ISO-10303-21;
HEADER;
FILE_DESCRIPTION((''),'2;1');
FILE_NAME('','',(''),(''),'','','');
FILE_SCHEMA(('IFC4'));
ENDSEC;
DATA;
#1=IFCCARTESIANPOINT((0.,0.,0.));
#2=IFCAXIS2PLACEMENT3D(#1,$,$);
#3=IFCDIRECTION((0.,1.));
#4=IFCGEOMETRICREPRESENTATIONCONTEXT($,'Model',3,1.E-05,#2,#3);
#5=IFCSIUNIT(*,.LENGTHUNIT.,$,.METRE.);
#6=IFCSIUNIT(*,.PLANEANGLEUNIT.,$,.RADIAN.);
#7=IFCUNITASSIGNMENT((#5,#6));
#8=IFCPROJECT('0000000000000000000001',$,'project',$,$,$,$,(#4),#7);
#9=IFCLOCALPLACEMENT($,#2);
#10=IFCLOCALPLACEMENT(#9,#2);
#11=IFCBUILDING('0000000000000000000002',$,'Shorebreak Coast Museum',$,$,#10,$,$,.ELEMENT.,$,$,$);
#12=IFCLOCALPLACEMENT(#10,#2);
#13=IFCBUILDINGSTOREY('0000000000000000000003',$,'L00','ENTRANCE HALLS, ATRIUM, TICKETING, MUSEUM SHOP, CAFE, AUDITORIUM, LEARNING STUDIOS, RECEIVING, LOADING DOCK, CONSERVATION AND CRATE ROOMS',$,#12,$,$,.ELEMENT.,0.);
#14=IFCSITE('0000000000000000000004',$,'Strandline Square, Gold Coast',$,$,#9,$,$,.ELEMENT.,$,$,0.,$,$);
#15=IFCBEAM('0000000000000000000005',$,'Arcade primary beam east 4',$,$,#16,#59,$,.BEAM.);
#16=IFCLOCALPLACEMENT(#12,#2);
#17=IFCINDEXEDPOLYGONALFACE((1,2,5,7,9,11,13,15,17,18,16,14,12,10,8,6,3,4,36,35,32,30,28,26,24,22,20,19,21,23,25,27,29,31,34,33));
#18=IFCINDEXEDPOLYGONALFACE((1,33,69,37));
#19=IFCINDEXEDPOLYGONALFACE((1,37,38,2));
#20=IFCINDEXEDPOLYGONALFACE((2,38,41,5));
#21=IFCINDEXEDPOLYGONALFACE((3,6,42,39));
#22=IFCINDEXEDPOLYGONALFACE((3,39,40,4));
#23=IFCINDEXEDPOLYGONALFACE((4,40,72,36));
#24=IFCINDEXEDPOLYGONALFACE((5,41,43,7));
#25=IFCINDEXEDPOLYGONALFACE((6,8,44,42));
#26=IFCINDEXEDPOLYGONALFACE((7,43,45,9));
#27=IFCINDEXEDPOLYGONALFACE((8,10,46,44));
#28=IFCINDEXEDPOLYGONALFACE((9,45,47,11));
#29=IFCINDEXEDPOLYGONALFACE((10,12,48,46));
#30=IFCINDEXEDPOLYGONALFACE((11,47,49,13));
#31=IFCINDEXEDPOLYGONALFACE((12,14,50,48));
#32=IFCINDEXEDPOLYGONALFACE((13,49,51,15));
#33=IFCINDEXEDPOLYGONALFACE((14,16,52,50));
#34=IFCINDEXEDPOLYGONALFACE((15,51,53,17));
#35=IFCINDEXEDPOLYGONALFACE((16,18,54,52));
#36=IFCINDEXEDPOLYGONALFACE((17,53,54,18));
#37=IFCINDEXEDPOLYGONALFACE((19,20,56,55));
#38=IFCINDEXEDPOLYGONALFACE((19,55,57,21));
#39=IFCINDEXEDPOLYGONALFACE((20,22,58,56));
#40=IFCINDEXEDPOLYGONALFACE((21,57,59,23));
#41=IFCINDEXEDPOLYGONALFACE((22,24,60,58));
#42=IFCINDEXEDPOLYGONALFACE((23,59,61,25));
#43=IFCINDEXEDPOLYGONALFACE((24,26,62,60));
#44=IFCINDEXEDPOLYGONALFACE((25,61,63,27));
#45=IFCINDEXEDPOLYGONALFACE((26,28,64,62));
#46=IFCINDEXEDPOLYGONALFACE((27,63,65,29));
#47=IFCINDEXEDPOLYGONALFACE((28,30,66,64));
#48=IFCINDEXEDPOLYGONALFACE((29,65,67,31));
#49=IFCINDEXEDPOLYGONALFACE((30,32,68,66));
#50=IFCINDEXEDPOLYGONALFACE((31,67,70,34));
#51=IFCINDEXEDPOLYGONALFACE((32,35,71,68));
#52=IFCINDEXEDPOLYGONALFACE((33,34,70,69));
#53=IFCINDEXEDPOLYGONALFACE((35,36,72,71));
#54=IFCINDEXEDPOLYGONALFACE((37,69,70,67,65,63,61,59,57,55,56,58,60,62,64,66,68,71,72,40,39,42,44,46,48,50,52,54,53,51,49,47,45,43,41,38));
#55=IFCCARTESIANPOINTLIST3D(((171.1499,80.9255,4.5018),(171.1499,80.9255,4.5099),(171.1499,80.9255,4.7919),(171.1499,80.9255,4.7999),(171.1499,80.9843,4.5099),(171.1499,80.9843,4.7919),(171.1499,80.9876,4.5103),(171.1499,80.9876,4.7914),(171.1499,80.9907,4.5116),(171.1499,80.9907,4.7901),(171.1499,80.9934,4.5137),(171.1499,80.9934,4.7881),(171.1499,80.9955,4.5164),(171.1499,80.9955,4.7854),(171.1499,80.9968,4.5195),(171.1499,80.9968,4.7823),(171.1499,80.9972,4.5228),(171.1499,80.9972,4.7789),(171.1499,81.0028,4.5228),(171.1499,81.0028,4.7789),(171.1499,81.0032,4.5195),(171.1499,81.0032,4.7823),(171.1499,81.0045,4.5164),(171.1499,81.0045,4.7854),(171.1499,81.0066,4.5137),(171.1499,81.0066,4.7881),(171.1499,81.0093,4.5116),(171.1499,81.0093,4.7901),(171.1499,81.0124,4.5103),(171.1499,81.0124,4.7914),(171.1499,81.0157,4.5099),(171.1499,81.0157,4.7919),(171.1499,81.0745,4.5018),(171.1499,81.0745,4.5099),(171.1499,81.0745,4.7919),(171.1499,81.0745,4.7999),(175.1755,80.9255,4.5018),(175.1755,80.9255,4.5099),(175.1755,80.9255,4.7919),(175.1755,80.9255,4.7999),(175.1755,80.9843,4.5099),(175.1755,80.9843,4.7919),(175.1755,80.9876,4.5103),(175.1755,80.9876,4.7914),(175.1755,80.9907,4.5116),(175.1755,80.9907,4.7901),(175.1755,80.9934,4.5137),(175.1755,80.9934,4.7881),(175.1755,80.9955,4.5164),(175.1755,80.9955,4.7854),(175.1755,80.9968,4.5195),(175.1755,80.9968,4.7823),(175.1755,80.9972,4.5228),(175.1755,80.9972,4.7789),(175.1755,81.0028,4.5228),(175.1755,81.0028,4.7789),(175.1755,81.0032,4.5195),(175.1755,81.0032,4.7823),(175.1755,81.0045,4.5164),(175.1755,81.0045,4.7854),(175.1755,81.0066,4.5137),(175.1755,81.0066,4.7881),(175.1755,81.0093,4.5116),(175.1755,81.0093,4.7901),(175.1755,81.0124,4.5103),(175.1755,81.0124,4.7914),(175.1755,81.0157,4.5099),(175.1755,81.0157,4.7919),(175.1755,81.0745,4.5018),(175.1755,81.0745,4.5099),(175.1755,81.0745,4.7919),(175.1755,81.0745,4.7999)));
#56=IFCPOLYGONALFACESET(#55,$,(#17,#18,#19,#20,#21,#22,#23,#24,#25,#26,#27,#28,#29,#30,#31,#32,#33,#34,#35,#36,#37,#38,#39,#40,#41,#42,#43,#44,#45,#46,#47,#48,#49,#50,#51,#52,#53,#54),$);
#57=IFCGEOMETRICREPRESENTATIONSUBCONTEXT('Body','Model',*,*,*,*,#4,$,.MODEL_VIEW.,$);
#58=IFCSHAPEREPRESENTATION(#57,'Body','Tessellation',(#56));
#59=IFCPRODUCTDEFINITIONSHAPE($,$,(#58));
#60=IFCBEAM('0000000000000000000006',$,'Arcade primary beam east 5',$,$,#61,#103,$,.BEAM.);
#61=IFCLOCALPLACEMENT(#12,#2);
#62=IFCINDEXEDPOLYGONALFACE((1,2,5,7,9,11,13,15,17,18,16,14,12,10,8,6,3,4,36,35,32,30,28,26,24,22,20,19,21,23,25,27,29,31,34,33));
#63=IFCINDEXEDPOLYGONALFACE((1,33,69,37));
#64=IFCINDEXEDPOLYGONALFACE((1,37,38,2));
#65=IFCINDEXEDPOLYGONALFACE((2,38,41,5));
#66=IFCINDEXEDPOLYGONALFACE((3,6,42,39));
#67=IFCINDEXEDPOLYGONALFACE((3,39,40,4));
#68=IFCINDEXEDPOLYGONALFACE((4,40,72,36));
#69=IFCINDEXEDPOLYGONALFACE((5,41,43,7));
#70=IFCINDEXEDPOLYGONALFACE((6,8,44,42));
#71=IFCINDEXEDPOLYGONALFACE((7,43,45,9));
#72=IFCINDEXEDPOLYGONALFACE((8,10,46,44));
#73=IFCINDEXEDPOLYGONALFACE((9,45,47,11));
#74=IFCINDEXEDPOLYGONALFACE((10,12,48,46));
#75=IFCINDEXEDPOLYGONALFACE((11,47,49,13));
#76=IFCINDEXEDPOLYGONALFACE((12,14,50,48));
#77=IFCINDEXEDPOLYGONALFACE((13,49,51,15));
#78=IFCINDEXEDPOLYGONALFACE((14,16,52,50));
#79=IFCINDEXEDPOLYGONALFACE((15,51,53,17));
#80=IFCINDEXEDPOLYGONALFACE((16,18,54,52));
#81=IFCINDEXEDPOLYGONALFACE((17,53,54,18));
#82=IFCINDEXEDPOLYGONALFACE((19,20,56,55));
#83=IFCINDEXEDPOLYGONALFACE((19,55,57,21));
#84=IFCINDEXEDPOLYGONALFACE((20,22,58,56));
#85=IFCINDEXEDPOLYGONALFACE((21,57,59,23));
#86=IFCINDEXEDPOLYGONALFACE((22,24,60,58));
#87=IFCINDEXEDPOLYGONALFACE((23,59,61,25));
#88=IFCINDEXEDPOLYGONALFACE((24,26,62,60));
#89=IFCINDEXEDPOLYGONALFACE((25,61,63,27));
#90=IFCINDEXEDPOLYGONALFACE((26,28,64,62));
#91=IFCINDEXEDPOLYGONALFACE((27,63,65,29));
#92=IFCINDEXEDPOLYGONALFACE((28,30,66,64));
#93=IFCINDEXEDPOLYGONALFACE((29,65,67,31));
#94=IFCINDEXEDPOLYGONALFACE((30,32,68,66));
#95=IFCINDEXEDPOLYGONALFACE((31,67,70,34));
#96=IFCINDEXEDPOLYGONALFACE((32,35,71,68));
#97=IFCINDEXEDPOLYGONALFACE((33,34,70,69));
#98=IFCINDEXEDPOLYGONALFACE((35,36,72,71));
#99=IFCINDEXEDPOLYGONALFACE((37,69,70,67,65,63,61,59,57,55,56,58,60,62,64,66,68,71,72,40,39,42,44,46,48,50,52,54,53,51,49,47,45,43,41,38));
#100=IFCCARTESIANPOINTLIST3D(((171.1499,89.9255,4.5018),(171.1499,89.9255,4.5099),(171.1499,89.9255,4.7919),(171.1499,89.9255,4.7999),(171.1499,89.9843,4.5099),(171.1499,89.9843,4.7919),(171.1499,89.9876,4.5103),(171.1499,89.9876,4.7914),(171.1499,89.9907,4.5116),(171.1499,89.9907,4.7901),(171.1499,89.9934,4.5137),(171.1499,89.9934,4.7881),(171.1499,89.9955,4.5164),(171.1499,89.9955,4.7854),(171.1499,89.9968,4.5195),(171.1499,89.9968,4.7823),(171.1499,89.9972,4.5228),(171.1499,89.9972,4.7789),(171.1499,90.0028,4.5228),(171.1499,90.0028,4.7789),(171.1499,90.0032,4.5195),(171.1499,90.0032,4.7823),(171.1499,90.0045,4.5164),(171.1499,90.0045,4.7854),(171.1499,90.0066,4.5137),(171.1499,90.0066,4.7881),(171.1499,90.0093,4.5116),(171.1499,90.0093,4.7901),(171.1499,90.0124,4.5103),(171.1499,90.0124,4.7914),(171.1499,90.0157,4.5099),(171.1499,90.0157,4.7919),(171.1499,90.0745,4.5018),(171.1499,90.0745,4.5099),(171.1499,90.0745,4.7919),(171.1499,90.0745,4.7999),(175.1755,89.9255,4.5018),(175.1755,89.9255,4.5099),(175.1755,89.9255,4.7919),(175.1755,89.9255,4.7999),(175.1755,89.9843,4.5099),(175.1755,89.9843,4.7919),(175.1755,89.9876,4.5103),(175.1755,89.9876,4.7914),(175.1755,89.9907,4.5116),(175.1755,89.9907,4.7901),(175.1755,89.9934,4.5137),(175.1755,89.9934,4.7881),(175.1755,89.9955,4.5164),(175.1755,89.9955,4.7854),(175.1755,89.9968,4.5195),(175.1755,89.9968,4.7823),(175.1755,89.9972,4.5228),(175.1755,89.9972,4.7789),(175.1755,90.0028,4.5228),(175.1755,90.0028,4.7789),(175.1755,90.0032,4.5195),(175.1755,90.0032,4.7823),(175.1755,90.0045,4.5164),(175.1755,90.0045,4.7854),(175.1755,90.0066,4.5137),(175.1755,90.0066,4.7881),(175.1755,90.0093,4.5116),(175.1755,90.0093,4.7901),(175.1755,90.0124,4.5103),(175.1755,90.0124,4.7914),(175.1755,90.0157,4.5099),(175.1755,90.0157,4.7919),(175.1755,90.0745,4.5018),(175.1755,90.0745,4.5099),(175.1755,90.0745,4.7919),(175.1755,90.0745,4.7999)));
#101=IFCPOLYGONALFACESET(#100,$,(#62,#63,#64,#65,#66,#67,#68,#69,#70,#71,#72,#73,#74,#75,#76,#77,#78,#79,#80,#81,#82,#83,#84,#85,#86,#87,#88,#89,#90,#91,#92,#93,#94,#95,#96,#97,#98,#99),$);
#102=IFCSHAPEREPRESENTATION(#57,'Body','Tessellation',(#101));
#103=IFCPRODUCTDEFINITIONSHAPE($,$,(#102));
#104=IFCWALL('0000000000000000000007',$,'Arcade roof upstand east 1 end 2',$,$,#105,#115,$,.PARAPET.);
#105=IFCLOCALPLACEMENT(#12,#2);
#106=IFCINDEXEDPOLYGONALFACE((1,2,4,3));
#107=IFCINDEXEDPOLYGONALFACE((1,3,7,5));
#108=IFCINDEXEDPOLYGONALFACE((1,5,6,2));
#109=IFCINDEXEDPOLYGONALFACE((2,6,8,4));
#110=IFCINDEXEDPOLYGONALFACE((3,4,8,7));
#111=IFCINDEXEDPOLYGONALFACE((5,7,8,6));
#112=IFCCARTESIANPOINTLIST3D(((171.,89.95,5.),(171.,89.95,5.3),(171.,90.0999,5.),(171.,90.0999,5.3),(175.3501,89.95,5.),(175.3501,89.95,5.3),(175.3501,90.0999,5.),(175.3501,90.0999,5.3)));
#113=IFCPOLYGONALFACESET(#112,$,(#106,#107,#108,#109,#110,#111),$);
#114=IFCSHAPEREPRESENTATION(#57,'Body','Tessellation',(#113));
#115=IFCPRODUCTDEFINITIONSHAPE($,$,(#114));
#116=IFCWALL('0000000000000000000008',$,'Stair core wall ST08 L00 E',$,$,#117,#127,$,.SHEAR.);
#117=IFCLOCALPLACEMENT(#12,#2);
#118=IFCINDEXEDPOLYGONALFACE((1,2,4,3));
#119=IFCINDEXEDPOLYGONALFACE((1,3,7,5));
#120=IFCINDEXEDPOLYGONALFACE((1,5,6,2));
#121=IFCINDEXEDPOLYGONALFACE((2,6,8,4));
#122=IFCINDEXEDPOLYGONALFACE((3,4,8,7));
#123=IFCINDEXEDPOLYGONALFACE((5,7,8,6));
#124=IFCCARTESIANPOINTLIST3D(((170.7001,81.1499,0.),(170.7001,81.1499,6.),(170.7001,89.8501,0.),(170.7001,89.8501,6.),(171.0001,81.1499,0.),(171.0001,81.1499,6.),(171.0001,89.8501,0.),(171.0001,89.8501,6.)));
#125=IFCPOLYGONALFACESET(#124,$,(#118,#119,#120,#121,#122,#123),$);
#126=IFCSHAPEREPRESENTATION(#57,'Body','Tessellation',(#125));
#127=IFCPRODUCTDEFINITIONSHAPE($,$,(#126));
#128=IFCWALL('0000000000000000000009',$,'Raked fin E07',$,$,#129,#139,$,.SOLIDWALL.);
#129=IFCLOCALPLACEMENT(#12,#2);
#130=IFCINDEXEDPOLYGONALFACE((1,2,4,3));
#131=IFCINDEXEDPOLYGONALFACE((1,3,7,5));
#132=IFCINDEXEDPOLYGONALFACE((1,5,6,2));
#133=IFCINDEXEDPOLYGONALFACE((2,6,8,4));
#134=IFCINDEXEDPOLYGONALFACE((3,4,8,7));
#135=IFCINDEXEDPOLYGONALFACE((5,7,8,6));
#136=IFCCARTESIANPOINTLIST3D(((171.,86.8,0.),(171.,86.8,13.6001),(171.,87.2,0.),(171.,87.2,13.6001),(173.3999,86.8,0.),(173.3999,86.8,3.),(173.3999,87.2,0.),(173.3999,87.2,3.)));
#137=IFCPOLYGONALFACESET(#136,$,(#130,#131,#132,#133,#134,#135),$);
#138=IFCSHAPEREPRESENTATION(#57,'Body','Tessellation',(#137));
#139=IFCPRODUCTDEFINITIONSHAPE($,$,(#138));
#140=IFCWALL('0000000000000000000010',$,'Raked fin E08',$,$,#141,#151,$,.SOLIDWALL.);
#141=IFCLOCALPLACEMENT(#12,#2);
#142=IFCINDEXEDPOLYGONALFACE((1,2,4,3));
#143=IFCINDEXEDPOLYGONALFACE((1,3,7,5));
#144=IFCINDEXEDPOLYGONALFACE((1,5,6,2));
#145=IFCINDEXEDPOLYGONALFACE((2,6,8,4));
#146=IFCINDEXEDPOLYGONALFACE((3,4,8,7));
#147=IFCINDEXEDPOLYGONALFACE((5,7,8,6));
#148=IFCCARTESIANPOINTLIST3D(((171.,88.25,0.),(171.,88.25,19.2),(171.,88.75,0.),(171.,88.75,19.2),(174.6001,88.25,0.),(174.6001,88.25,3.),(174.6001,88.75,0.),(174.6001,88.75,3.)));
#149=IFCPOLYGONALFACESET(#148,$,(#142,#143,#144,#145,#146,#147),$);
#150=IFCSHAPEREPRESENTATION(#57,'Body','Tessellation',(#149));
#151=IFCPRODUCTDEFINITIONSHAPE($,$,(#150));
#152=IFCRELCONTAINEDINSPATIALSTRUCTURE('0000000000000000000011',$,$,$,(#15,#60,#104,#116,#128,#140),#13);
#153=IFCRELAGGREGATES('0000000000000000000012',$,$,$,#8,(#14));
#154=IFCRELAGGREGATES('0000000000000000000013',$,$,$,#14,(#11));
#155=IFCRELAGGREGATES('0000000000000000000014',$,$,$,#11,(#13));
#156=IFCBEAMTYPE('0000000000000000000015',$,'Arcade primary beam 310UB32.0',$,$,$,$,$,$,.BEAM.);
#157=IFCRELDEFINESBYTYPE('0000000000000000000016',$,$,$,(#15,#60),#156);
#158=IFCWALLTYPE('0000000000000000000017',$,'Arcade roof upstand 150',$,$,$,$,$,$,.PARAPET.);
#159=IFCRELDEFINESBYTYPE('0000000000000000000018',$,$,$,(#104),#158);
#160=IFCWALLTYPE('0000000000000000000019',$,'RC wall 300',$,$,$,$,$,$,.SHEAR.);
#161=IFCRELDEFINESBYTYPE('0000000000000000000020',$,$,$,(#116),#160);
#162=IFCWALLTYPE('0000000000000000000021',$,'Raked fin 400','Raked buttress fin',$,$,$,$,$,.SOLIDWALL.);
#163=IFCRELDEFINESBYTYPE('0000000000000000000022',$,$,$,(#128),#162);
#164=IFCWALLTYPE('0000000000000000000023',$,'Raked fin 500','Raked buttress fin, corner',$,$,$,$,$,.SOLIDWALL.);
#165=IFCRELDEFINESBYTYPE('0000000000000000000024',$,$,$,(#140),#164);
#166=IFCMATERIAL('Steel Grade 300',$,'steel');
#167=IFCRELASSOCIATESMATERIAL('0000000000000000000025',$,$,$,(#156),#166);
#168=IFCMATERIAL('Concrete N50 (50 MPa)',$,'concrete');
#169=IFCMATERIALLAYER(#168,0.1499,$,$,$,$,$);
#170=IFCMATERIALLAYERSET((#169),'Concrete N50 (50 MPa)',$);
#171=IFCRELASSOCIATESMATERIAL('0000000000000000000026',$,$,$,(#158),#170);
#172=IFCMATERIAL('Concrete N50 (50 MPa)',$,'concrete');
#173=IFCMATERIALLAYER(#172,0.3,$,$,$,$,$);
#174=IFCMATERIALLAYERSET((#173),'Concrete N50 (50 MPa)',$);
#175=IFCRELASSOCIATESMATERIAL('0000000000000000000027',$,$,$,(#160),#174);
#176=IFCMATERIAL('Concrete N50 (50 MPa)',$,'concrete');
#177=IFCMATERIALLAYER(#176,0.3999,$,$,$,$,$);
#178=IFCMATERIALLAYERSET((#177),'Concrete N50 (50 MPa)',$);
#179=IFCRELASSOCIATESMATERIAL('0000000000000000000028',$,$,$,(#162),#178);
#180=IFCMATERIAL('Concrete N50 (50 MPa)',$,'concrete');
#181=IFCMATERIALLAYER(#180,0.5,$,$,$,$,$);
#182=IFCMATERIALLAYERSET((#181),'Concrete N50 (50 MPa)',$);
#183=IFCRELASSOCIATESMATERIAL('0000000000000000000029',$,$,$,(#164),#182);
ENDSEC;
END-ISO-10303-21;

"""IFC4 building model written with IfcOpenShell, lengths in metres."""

from ifc_helpers import new_model, si_unit, direction, frame, frame_2d, origin, origin_2d, place, context, subcontext, project, spatial, polyline, rectangle, i_section, outline, extrude, material, layer, layer_set, material_profile, profile_set, type_object, element, save


model = new_model("IFC4")

# Units and contexts
model_context = context("Model", 3, precision=1e-05, world=origin(), true_north=direction((0.0, 1.0)))
body_context = subcontext(model_context, "Body", "Model", "MODEL_VIEW")
ifc_project = project(units=[si_unit("LENGTHUNIT", "METRE"), si_unit("PLANEANGLEUNIT", "RADIAN")], contexts=[model_context])

# Site, building, storey
site_placement = place(None, origin())
site = spatial("IfcSite", under=ifc_project, at=site_placement, Name="Strandline Square, Gold Coast", CompositionType="ELEMENT", RefElevation=0.0)
building_placement = place(site_placement, origin())
building = spatial("IfcBuilding", under=site, at=building_placement, Name="Shorebreak Coast Museum", CompositionType="ELEMENT")
storey_placement = place(building_placement, origin())
storey = spatial("IfcBuildingStorey", under=building, at=storey_placement, Name="L00", Description="ENTRANCE HALLS, ATRIUM, TICKETING, MUSEUM SHOP, CAFE, AUDITORIUM, LEARNING STUDIOS, RECEIVING, LOADING DOCK, CONSERVATION AND CRATE ROOMS", CompositionType="ELEMENT", Elevation=0.0)

# Beams
ifc_material_1 = material(Name="Steel Grade 300", Category="steel")
ifc_material_profile_1 = material_profile(ifc_material_1, i_section(OverallWidth=0.1489, OverallDepth=0.2981, WebThickness=0.0056, FlangeThickness=0.0081, FilletRadius=0.0129, at=origin_2d()), Name="310UB32.0")
ifc_profile_set_1 = profile_set([ifc_material_profile_1], Name="Steel Grade 300")
beam_type_1 = type_object("IfcBeamType", Name="Arcade primary beam 310UB32.0", PredefinedType="BEAM", material=ifc_profile_set_1)
for number, where, z_axis, x_axis, name in (
    (1, (171.1499, 81.0, 4.6509), (1.0, 0.0, 0.0), (0.0, 1.0, 0.0), "Arcade primary beam east 4"),
    (2, (171.1499, 90.0, 4.6509), (1.0, 0.0, 0.0), (0.0, 1.0, 0.0), "Arcade primary beam east 5"),
):
    element("IfcBeam", number, at=place(storey_placement, frame(where, z_axis=z_axis, x_axis=x_axis)), inside=storey, type_object=beam_type_1, Name=name, PredefinedType="BEAM", context=body_context, shape_type="SweptSolid", body=[
        extrude(i_section(OverallWidth=0.1489, OverallDepth=0.2981, WebThickness=0.0056, FlangeThickness=0.0081, FilletRadius=0.0129, at=origin_2d()), origin(), (0.0, 0.0, 1.0), 4.0256),
    ])

# Walls
ifc_material_2 = material(Name="Concrete N50 (50 MPa)", Category="concrete")
ifc_layer_1 = layer(ifc_material_2, 0.1499)
ifc_layer_set_1 = layer_set([ifc_layer_1], Name="Concrete N50 (50 MPa)")
wall_type_1 = type_object("IfcWallType", Name="Arcade roof upstand 150", PredefinedType="PARAPET", material=ifc_layer_set_1)
wall_1_placement = place(storey_placement, frame((171.0, 90.0249, 5.0), z_axis=(0.0, 0.0, 1.0), x_axis=(1.0, 0.0, 0.0)))
element("IfcWall", 3, at=wall_1_placement, inside=storey, type_object=wall_type_1, Name="Arcade roof upstand east 1 end 2", PredefinedType="PARAPET", context=body_context, shape_type="SweptSolid", body=[
    extrude(rectangle(XDim=4.3501, YDim=0.1499, at=frame_2d((2.175, 0.0))), origin(), (0.0, 0.0, 1.0), 0.3),
])
ifc_material_3 = material(Name="Concrete N50 (50 MPa)", Category="concrete")
ifc_layer_2 = layer(ifc_material_3, 0.3)
ifc_layer_set_2 = layer_set([ifc_layer_2], Name="Concrete N50 (50 MPa)")
wall_type_2 = type_object("IfcWallType", Name="RC wall 300", PredefinedType="SHEAR", material=ifc_layer_set_2)
wall_2_placement = place(storey_placement, frame((170.8501, 81.1499, 0.0), z_axis=(0.0, 0.0, 1.0), x_axis=(0.0, 1.0, 0.0)))
element("IfcWall", 4, at=wall_2_placement, inside=storey, type_object=wall_type_2, Name="Stair core wall ST08 L00 E", PredefinedType="SHEAR", context=body_context, shape_type="SweptSolid", body=[
    extrude(rectangle(XDim=8.7002, YDim=0.3, at=frame_2d((4.3501, 0.0))), origin(), (0.0, 0.0, 1.0), 6.0),
])
ifc_material_4 = material(Name="Concrete N50 (50 MPa)", Category="concrete")
ifc_layer_3 = layer(ifc_material_4, 0.3999)
ifc_layer_set_3 = layer_set([ifc_layer_3], Name="Concrete N50 (50 MPa)")
wall_type_3 = type_object("IfcWallType", Name="Raked fin 400", Description="Raked buttress fin", PredefinedType="SOLIDWALL", material=ifc_layer_set_3)
wall_3_placement = place(storey_placement, frame((171.0, 87.0, 0.0), z_axis=(0.0, 0.0, 1.0), x_axis=(1.0, 0.0, 0.0)))
element("IfcWall", 5, at=wall_3_placement, inside=storey, type_object=wall_type_3, Name="Raked fin E07", PredefinedType="SOLIDWALL", context=body_context, shape_type="SweptSolid", body=[
    extrude(outline(polyline([(0.0, 0.0), (2.3999, 0.0), (2.3999, 3.0), (0.0, 13.6001), (0.0, 0.0)])), frame((0.0, 0.2, 0.0), z_axis=(0.0, -1.0, 0.0), x_axis=(1.0, 0.0, 0.0)), (0.0, 0.0, 1.0), 0.3999),
])
ifc_material_5 = material(Name="Concrete N50 (50 MPa)", Category="concrete")
ifc_layer_4 = layer(ifc_material_5, 0.5)
ifc_layer_set_4 = layer_set([ifc_layer_4], Name="Concrete N50 (50 MPa)")
wall_type_4 = type_object("IfcWallType", Name="Raked fin 500", Description="Raked buttress fin, corner", PredefinedType="SOLIDWALL", material=ifc_layer_set_4)
wall_4_placement = place(storey_placement, frame((171.0, 88.5, 0.0), z_axis=(0.0, 0.0, 1.0), x_axis=(1.0, 0.0, 0.0)))
element("IfcWall", 6, at=wall_4_placement, inside=storey, type_object=wall_type_4, Name="Raked fin E08", PredefinedType="SOLIDWALL", context=body_context, shape_type="SweptSolid", body=[
    extrude(outline(polyline([(0.0, 0.0), (3.6001, 0.0), (3.6001, 3.0), (0.0, 19.2), (0.0, 0.0)])), frame((0.0, 0.25, 0.0), z_axis=(0.0, -1.0, 0.0), x_axis=(1.0, 0.0, 0.0)), (0.0, 0.0, 1.0), 0.5),
])

save(model, "model.ifc")
